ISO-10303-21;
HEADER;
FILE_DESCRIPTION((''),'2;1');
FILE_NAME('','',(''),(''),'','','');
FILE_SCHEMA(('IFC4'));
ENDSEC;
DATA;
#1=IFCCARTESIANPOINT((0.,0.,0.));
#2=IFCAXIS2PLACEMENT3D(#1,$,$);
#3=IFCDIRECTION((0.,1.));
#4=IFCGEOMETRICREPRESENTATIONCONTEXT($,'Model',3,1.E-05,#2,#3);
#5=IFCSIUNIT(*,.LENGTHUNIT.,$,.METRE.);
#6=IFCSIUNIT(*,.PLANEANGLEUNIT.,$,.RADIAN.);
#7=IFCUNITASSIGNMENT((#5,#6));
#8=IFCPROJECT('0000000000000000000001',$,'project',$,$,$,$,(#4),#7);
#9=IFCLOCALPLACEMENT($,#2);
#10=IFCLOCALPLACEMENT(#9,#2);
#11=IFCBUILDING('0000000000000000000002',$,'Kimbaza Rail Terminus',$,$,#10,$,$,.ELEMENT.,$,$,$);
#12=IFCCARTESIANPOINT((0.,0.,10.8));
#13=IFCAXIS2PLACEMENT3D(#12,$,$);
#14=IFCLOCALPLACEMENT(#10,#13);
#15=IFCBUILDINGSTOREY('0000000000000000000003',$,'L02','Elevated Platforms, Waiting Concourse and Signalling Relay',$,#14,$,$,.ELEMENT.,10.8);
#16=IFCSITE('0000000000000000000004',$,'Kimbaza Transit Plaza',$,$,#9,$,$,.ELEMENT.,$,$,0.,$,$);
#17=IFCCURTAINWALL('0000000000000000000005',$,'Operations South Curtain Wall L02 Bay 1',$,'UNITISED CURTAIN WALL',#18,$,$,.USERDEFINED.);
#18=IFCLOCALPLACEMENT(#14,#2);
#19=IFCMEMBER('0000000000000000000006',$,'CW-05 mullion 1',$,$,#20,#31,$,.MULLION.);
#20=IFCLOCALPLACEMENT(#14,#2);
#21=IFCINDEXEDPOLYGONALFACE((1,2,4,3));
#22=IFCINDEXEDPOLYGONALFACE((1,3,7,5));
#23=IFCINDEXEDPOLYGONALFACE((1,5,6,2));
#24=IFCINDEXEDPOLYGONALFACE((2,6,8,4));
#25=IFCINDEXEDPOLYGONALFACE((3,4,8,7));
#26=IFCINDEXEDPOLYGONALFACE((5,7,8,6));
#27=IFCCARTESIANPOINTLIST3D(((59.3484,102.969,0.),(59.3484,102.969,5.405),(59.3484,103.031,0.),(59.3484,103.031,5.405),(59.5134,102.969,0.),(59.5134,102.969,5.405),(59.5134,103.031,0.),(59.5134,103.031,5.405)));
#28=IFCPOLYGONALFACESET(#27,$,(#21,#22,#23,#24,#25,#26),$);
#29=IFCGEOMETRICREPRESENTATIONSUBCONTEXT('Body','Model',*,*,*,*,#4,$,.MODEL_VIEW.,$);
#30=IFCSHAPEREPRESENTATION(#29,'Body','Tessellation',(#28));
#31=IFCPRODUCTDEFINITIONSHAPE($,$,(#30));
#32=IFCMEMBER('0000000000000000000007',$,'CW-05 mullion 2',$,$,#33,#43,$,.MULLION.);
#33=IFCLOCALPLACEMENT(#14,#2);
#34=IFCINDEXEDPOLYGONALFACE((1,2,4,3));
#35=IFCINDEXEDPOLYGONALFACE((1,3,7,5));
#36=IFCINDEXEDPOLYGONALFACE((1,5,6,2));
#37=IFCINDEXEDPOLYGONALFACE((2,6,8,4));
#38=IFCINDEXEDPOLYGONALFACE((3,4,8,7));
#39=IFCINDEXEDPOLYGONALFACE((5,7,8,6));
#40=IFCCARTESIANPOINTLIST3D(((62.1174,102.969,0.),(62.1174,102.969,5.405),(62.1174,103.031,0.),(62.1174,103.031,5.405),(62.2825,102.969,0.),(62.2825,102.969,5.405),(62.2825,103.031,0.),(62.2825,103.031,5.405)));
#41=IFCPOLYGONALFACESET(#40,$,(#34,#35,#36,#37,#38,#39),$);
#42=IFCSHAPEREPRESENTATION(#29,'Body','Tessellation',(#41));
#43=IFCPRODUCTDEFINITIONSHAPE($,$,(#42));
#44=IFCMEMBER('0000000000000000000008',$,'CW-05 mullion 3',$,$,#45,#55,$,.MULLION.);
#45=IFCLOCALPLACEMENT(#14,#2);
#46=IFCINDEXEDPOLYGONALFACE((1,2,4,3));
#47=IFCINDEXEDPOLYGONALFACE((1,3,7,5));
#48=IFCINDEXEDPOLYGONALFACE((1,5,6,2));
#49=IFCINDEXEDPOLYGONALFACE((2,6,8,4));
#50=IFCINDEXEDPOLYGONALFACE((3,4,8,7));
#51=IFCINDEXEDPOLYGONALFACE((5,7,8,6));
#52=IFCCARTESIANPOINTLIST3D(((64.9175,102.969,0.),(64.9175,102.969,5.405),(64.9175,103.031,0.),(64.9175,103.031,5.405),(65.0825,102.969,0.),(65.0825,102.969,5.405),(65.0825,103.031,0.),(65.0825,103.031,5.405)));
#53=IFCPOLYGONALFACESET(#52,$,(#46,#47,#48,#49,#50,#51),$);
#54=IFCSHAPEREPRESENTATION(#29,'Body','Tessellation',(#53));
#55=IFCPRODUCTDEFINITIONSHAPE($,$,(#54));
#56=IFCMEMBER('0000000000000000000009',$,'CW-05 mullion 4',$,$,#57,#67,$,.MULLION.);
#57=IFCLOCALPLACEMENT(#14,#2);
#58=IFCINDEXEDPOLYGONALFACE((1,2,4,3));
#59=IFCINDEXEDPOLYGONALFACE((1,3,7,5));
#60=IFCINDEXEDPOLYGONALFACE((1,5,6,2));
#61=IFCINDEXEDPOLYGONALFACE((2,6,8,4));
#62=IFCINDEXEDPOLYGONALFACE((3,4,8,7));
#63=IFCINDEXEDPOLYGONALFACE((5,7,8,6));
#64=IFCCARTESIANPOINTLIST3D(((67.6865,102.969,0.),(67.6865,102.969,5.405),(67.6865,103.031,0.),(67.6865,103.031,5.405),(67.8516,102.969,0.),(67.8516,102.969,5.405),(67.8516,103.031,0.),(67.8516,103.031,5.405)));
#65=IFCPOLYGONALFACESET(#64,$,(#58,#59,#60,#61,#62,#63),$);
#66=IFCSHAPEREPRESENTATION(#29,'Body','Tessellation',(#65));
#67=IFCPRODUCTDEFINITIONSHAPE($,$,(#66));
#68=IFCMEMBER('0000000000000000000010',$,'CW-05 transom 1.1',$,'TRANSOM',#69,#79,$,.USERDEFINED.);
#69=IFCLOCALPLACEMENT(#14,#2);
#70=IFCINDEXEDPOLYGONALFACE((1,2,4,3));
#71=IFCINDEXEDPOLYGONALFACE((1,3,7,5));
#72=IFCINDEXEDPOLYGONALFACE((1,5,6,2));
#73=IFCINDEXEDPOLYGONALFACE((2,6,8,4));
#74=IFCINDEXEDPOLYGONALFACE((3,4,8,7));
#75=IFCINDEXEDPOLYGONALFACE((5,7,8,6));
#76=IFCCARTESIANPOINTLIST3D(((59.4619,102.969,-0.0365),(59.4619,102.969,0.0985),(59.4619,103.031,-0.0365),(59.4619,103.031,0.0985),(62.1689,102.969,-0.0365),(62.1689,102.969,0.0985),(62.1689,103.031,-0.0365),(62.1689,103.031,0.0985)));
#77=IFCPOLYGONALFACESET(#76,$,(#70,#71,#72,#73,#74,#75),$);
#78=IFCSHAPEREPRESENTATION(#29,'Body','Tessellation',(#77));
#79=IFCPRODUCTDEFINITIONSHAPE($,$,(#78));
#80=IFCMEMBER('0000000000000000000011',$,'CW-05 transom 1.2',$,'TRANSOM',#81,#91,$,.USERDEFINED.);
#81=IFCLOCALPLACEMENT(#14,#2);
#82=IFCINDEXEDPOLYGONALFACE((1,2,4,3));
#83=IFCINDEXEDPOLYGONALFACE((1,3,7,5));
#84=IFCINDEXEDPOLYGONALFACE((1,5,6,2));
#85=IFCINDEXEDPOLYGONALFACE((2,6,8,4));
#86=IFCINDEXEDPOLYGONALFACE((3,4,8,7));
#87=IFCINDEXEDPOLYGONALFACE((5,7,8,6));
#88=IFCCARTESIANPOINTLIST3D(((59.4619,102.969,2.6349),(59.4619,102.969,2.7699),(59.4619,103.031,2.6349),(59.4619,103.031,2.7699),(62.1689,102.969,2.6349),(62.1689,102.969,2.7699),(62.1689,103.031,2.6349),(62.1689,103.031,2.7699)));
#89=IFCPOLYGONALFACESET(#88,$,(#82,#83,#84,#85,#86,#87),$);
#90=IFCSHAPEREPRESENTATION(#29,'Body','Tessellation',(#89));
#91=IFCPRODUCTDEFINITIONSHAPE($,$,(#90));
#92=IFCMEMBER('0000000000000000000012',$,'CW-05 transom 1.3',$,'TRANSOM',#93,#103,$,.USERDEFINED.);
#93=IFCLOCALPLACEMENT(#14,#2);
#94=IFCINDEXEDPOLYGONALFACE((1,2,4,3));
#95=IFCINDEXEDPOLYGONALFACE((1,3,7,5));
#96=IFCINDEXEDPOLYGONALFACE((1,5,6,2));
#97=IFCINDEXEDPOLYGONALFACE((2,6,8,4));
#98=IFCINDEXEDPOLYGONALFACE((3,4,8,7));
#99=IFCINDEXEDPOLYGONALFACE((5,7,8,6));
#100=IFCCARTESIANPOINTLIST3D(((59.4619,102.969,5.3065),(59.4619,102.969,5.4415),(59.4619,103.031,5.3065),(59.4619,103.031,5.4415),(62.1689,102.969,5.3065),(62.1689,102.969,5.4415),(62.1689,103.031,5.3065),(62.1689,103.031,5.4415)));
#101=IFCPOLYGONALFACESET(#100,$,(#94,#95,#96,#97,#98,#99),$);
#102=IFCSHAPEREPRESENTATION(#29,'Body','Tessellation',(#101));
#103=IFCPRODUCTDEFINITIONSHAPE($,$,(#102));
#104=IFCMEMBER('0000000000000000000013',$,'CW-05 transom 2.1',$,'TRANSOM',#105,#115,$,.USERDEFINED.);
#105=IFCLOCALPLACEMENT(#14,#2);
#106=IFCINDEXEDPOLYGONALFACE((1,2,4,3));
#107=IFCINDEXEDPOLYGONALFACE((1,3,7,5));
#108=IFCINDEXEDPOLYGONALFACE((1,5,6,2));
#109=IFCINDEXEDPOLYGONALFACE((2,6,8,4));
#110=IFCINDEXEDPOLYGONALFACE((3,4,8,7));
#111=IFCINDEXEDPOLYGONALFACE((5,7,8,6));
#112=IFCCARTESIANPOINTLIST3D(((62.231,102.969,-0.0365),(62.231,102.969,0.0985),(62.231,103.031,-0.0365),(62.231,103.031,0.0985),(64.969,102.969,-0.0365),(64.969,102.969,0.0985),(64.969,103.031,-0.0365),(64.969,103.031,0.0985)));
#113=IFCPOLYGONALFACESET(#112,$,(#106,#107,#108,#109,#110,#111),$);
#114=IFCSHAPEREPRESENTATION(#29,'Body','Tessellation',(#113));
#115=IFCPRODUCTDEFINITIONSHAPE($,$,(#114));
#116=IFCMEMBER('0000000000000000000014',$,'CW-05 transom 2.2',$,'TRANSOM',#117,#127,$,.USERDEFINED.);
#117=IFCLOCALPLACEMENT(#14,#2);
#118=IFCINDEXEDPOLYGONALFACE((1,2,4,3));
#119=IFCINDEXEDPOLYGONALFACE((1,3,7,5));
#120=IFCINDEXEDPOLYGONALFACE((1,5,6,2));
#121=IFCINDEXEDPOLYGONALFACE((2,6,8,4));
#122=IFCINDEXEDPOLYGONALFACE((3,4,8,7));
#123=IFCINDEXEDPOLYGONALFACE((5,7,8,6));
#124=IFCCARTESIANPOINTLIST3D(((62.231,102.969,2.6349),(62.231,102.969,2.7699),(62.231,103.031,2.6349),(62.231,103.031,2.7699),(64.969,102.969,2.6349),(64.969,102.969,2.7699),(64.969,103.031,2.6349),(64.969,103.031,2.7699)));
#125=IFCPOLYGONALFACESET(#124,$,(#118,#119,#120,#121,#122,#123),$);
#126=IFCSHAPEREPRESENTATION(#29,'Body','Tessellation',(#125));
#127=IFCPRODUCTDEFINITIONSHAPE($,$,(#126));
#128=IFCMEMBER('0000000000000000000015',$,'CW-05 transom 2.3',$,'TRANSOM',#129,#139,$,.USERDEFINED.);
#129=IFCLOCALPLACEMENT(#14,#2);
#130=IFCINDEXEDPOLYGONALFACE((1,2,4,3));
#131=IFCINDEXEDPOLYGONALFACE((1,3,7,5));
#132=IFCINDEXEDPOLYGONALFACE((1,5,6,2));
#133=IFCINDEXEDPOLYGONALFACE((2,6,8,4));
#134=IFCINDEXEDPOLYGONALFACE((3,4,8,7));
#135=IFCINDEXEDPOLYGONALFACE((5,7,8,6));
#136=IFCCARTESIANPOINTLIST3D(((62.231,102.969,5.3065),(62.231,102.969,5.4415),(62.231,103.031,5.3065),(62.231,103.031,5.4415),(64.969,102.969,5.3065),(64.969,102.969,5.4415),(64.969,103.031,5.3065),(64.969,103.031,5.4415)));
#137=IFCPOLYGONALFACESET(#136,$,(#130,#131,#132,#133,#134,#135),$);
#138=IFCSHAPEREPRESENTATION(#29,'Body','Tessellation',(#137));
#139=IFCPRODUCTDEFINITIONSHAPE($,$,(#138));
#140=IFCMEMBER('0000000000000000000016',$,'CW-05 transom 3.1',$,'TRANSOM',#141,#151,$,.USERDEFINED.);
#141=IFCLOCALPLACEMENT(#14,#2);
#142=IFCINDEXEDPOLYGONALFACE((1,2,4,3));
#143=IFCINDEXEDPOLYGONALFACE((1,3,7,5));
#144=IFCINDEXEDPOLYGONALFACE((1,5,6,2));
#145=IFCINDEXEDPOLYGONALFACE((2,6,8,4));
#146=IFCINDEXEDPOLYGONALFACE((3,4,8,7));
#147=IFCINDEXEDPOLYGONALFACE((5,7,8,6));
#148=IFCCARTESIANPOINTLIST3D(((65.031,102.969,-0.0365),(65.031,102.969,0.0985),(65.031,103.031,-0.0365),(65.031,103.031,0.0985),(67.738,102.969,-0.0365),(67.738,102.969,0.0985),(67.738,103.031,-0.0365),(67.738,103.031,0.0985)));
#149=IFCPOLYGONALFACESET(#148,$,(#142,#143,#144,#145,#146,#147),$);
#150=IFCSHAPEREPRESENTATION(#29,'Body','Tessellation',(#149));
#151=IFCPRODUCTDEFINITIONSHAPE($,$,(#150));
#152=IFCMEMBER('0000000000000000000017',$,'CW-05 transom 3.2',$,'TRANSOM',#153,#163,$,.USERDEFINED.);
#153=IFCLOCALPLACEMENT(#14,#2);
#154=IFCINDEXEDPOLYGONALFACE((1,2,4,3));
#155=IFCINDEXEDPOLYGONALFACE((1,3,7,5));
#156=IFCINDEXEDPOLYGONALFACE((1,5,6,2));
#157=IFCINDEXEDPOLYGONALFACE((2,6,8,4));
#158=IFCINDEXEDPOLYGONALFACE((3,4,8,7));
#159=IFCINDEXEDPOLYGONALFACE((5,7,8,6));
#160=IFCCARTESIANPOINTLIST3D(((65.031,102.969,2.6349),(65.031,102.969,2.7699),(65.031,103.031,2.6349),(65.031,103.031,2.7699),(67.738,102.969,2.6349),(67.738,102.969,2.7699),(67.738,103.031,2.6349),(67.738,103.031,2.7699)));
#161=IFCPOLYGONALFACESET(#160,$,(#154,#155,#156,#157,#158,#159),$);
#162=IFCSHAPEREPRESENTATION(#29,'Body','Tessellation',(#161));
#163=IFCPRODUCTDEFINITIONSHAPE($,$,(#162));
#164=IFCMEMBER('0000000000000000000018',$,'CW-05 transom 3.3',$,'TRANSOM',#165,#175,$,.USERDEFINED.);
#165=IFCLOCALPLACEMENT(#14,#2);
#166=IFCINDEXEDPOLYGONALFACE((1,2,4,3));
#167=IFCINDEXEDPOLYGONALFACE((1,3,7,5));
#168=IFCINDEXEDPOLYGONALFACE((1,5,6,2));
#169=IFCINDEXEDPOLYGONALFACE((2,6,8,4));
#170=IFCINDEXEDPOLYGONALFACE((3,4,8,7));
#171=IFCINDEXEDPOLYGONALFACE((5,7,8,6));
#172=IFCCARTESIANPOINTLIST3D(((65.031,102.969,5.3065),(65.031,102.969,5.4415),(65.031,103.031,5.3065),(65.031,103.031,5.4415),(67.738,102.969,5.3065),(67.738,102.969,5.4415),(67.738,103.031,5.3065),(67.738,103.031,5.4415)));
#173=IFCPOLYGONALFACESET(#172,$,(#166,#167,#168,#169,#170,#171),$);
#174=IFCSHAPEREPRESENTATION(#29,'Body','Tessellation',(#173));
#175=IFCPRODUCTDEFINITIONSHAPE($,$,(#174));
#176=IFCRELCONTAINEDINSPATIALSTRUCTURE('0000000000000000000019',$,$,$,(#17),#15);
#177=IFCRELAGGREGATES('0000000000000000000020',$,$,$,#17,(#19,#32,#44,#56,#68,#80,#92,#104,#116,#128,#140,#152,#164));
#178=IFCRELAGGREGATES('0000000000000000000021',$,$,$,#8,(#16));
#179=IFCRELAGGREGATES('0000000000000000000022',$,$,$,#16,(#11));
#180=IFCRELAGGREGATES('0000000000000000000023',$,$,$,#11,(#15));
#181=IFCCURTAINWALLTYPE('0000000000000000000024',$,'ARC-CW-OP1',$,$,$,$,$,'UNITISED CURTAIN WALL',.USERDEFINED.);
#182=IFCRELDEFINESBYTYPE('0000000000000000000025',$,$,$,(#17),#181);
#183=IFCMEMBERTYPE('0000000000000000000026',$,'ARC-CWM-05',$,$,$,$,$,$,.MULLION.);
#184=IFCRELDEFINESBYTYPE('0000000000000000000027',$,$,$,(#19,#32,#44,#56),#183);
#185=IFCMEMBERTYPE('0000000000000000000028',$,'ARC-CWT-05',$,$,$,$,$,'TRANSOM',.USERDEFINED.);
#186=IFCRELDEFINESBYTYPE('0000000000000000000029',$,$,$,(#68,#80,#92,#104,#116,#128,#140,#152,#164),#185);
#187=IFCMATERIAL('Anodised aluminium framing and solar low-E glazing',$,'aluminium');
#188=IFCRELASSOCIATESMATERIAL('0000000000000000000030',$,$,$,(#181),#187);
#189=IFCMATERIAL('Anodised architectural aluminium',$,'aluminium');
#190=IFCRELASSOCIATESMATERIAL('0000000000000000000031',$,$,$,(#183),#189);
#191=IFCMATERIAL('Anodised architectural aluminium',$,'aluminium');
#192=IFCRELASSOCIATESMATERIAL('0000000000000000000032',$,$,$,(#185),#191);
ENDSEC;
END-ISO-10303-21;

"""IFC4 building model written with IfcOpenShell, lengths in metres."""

from ifc_helpers import new_model, si_unit, direction, frame, origin, origin_2d, place, context, subcontext, project, spatial, rectangle, extrude, material, material_profile, profile_set, type_object, element, aggregate, save


model = new_model("IFC4")

# Units and contexts
model_context = context("Model", 3, precision=1e-05, world=origin(), true_north=direction((0.0, 1.0)))
body_context = subcontext(model_context, "Body", "Model", "MODEL_VIEW")
ifc_project = project(units=[si_unit("LENGTHUNIT", "METRE"), si_unit("PLANEANGLEUNIT", "RADIAN")], contexts=[model_context])

# Site, building, storey
site_placement = place(None, origin())
site = spatial("IfcSite", under=ifc_project, at=site_placement, Name="Kimbaza Transit Plaza", CompositionType="ELEMENT", RefElevation=0.0)
building_placement = place(site_placement, origin())
building = spatial("IfcBuilding", under=site, at=building_placement, Name="Kimbaza Rail Terminus", CompositionType="ELEMENT")
storey_placement = place(building_placement, frame((0.0, 0.0, 10.8)))
storey = spatial("IfcBuildingStorey", under=building, at=storey_placement, Name="L02", Description="Elevated Platforms, Waiting Concourse and Signalling Relay", CompositionType="ELEMENT", Elevation=10.8)

# Curtain wall, members
ifc_material_1 = material(Name="Anodised aluminium framing and solar low-E glazing", Category="aluminium")
curtain_wall_type = type_object("IfcCurtainWallType", Name="ARC-CW-OP1", ElementType="UNITISED CURTAIN WALL", PredefinedType="USERDEFINED", material=ifc_material_1)
curtain_wall_placement = place(storey_placement, origin())
curtain_wall = element("IfcCurtainWall", 1, at=curtain_wall_placement, inside=storey, type_object=curtain_wall_type, Name="Operations South Curtain Wall L02 Bay 1", ObjectType="UNITISED CURTAIN WALL", PredefinedType="USERDEFINED")
ifc_material_2 = material(Name="Anodised architectural aluminium", Category="aluminium")
ifc_material_profile_1 = material_profile(ifc_material_2, rectangle(XDim=0.062, YDim=0.165, at=origin_2d()), Name="MULLION 62x165")
ifc_profile_set_1 = profile_set([ifc_material_profile_1], Name="Anodised architectural aluminium")
member_type_1 = type_object("IfcMemberType", Name="ARC-CWM-05", PredefinedType="MULLION", material=ifc_profile_set_1)
member_1_placement = place(storey_placement, frame((59.4309, 103.0, 0.0), z_axis=(0.0, 0.0, 1.0), x_axis=(0.0, 1.0, 0.0)))
member_1 = element("IfcMember", 2, at=member_1_placement, type_object=member_type_1, Name="CW-05 mullion 1", PredefinedType="MULLION", context=body_context, shape_type="SweptSolid", body=[
    extrude(rectangle(XDim=0.062, YDim=0.165, at=origin_2d()), origin(), (0.0, 0.0, 1.0), 5.405),
])
member_2_placement = place(storey_placement, frame((62.2, 103.0, 0.0), z_axis=(0.0, 0.0, 1.0), x_axis=(0.0, 1.0, 0.0)))
member_2 = element("IfcMember", 3, at=member_2_placement, type_object=member_type_1, Name="CW-05 mullion 2", PredefinedType="MULLION", context=body_context, shape_type="SweptSolid", body=[
    extrude(rectangle(XDim=0.062, YDim=0.165, at=origin_2d()), origin(), (0.0, 0.0, 1.0), 5.405),
])
member_3_placement = place(storey_placement, frame((65.0, 103.0, 0.0), z_axis=(0.0, 0.0, 1.0), x_axis=(0.0, 1.0, 0.0)))
member_3 = element("IfcMember", 4, at=member_3_placement, type_object=member_type_1, Name="CW-05 mullion 3", PredefinedType="MULLION", context=body_context, shape_type="SweptSolid", body=[
    extrude(rectangle(XDim=0.062, YDim=0.165, at=origin_2d()), origin(), (0.0, 0.0, 1.0), 5.405),
])
member_4_placement = place(storey_placement, frame((67.769, 103.0, 0.0), z_axis=(0.0, 0.0, 1.0), x_axis=(0.0, 1.0, 0.0)))
member_4 = element("IfcMember", 5, at=member_4_placement, type_object=member_type_1, Name="CW-05 mullion 4", PredefinedType="MULLION", context=body_context, shape_type="SweptSolid", body=[
    extrude(rectangle(XDim=0.062, YDim=0.165, at=origin_2d()), origin(), (0.0, 0.0, 1.0), 5.405),
])
ifc_material_3 = material(Name="Anodised architectural aluminium", Category="aluminium")
ifc_material_profile_2 = material_profile(ifc_material_3, rectangle(XDim=0.062, YDim=0.135, at=origin_2d()), Name="TRANSOM 62x135")
ifc_profile_set_2 = profile_set([ifc_material_profile_2], Name="Anodised architectural aluminium")
member_type_2 = type_object("IfcMemberType", Name="ARC-CWT-05", ElementType="TRANSOM", PredefinedType="USERDEFINED", material=ifc_profile_set_2)
member_5_placement = place(storey_placement, frame((59.4619, 103.0, 0.031), z_axis=(1.0, 0.0, 0.0), x_axis=(0.0, 1.0, 0.0)))
member_5 = element("IfcMember", 6, at=member_5_placement, type_object=member_type_2, Name="CW-05 transom 1.1", ObjectType="TRANSOM", PredefinedType="USERDEFINED", context=body_context, shape_type="SweptSolid", body=[
    extrude(rectangle(XDim=0.062, YDim=0.135, at=origin_2d()), origin(), (0.0, 0.0, 1.0), 2.707),
])
member_6_placement = place(storey_placement, frame((59.4619, 103.0, 2.7024), z_axis=(1.0, 0.0, 0.0), x_axis=(0.0, 1.0, 0.0)))
member_6 = element("IfcMember", 7, at=member_6_placement, type_object=member_type_2, Name="CW-05 transom 1.2", ObjectType="TRANSOM", PredefinedType="USERDEFINED", context=body_context, shape_type="SweptSolid", body=[
    extrude(rectangle(XDim=0.062, YDim=0.135, at=origin_2d()), origin(), (0.0, 0.0, 1.0), 2.707),
])
member_7_placement = place(storey_placement, frame((59.4619, 103.0, 5.374), z_axis=(1.0, 0.0, 0.0), x_axis=(0.0, 1.0, 0.0)))
member_7 = element("IfcMember", 8, at=member_7_placement, type_object=member_type_2, Name="CW-05 transom 1.3", ObjectType="TRANSOM", PredefinedType="USERDEFINED", context=body_context, shape_type="SweptSolid", body=[
    extrude(rectangle(XDim=0.062, YDim=0.135, at=origin_2d()), origin(), (0.0, 0.0, 1.0), 2.707),
])
member_8_placement = place(storey_placement, frame((62.231, 103.0, 0.031), z_axis=(1.0, 0.0, 0.0), x_axis=(0.0, 1.0, 0.0)))
member_8 = element("IfcMember", 9, at=member_8_placement, type_object=member_type_2, Name="CW-05 transom 2.1", ObjectType="TRANSOM", PredefinedType="USERDEFINED", context=body_context, shape_type="SweptSolid", body=[
    extrude(rectangle(XDim=0.062, YDim=0.135, at=origin_2d()), origin(), (0.0, 0.0, 1.0), 2.738),
])
member_9_placement = place(storey_placement, frame((62.231, 103.0, 2.7024), z_axis=(1.0, 0.0, 0.0), x_axis=(0.0, 1.0, 0.0)))
member_9 = element("IfcMember", 10, at=member_9_placement, type_object=member_type_2, Name="CW-05 transom 2.2", ObjectType="TRANSOM", PredefinedType="USERDEFINED", context=body_context, shape_type="SweptSolid", body=[
    extrude(rectangle(XDim=0.062, YDim=0.135, at=origin_2d()), origin(), (0.0, 0.0, 1.0), 2.738),
])
member_10_placement = place(storey_placement, frame((62.231, 103.0, 5.374), z_axis=(1.0, 0.0, 0.0), x_axis=(0.0, 1.0, 0.0)))
member_10 = element("IfcMember", 11, at=member_10_placement, type_object=member_type_2, Name="CW-05 transom 2.3", ObjectType="TRANSOM", PredefinedType="USERDEFINED", context=body_context, shape_type="SweptSolid", body=[
    extrude(rectangle(XDim=0.062, YDim=0.135, at=origin_2d()), origin(), (0.0, 0.0, 1.0), 2.738),
])
member_11_placement = place(storey_placement, frame((65.031, 103.0, 0.031), z_axis=(1.0, 0.0, 0.0), x_axis=(0.0, 1.0, 0.0)))
member_11 = element("IfcMember", 12, at=member_11_placement, type_object=member_type_2, Name="CW-05 transom 3.1", ObjectType="TRANSOM", PredefinedType="USERDEFINED", context=body_context, shape_type="SweptSolid", body=[
    extrude(rectangle(XDim=0.062, YDim=0.135, at=origin_2d()), origin(), (0.0, 0.0, 1.0), 2.707),
])
member_12_placement = place(storey_placement, frame((65.031, 103.0, 2.7024), z_axis=(1.0, 0.0, 0.0), x_axis=(0.0, 1.0, 0.0)))
member_12 = element("IfcMember", 13, at=member_12_placement, type_object=member_type_2, Name="CW-05 transom 3.2", ObjectType="TRANSOM", PredefinedType="USERDEFINED", context=body_context, shape_type="SweptSolid", body=[
    extrude(rectangle(XDim=0.062, YDim=0.135, at=origin_2d()), origin(), (0.0, 0.0, 1.0), 2.707),
])
member_13_placement = place(storey_placement, frame((65.031, 103.0, 5.374), z_axis=(1.0, 0.0, 0.0), x_axis=(0.0, 1.0, 0.0)))
member_13 = element("IfcMember", 14, at=member_13_placement, type_object=member_type_2, Name="CW-05 transom 3.3", ObjectType="TRANSOM", PredefinedType="USERDEFINED", context=body_context, shape_type="SweptSolid", body=[
    extrude(rectangle(XDim=0.062, YDim=0.135, at=origin_2d()), origin(), (0.0, 0.0, 1.0), 2.707),
])

aggregate(curtain_wall, [member_1, member_2, member_3, member_4, member_5, member_6, member_7, member_8, member_9, member_10, member_11, member_12, member_13])

save(model, "model.ifc")
